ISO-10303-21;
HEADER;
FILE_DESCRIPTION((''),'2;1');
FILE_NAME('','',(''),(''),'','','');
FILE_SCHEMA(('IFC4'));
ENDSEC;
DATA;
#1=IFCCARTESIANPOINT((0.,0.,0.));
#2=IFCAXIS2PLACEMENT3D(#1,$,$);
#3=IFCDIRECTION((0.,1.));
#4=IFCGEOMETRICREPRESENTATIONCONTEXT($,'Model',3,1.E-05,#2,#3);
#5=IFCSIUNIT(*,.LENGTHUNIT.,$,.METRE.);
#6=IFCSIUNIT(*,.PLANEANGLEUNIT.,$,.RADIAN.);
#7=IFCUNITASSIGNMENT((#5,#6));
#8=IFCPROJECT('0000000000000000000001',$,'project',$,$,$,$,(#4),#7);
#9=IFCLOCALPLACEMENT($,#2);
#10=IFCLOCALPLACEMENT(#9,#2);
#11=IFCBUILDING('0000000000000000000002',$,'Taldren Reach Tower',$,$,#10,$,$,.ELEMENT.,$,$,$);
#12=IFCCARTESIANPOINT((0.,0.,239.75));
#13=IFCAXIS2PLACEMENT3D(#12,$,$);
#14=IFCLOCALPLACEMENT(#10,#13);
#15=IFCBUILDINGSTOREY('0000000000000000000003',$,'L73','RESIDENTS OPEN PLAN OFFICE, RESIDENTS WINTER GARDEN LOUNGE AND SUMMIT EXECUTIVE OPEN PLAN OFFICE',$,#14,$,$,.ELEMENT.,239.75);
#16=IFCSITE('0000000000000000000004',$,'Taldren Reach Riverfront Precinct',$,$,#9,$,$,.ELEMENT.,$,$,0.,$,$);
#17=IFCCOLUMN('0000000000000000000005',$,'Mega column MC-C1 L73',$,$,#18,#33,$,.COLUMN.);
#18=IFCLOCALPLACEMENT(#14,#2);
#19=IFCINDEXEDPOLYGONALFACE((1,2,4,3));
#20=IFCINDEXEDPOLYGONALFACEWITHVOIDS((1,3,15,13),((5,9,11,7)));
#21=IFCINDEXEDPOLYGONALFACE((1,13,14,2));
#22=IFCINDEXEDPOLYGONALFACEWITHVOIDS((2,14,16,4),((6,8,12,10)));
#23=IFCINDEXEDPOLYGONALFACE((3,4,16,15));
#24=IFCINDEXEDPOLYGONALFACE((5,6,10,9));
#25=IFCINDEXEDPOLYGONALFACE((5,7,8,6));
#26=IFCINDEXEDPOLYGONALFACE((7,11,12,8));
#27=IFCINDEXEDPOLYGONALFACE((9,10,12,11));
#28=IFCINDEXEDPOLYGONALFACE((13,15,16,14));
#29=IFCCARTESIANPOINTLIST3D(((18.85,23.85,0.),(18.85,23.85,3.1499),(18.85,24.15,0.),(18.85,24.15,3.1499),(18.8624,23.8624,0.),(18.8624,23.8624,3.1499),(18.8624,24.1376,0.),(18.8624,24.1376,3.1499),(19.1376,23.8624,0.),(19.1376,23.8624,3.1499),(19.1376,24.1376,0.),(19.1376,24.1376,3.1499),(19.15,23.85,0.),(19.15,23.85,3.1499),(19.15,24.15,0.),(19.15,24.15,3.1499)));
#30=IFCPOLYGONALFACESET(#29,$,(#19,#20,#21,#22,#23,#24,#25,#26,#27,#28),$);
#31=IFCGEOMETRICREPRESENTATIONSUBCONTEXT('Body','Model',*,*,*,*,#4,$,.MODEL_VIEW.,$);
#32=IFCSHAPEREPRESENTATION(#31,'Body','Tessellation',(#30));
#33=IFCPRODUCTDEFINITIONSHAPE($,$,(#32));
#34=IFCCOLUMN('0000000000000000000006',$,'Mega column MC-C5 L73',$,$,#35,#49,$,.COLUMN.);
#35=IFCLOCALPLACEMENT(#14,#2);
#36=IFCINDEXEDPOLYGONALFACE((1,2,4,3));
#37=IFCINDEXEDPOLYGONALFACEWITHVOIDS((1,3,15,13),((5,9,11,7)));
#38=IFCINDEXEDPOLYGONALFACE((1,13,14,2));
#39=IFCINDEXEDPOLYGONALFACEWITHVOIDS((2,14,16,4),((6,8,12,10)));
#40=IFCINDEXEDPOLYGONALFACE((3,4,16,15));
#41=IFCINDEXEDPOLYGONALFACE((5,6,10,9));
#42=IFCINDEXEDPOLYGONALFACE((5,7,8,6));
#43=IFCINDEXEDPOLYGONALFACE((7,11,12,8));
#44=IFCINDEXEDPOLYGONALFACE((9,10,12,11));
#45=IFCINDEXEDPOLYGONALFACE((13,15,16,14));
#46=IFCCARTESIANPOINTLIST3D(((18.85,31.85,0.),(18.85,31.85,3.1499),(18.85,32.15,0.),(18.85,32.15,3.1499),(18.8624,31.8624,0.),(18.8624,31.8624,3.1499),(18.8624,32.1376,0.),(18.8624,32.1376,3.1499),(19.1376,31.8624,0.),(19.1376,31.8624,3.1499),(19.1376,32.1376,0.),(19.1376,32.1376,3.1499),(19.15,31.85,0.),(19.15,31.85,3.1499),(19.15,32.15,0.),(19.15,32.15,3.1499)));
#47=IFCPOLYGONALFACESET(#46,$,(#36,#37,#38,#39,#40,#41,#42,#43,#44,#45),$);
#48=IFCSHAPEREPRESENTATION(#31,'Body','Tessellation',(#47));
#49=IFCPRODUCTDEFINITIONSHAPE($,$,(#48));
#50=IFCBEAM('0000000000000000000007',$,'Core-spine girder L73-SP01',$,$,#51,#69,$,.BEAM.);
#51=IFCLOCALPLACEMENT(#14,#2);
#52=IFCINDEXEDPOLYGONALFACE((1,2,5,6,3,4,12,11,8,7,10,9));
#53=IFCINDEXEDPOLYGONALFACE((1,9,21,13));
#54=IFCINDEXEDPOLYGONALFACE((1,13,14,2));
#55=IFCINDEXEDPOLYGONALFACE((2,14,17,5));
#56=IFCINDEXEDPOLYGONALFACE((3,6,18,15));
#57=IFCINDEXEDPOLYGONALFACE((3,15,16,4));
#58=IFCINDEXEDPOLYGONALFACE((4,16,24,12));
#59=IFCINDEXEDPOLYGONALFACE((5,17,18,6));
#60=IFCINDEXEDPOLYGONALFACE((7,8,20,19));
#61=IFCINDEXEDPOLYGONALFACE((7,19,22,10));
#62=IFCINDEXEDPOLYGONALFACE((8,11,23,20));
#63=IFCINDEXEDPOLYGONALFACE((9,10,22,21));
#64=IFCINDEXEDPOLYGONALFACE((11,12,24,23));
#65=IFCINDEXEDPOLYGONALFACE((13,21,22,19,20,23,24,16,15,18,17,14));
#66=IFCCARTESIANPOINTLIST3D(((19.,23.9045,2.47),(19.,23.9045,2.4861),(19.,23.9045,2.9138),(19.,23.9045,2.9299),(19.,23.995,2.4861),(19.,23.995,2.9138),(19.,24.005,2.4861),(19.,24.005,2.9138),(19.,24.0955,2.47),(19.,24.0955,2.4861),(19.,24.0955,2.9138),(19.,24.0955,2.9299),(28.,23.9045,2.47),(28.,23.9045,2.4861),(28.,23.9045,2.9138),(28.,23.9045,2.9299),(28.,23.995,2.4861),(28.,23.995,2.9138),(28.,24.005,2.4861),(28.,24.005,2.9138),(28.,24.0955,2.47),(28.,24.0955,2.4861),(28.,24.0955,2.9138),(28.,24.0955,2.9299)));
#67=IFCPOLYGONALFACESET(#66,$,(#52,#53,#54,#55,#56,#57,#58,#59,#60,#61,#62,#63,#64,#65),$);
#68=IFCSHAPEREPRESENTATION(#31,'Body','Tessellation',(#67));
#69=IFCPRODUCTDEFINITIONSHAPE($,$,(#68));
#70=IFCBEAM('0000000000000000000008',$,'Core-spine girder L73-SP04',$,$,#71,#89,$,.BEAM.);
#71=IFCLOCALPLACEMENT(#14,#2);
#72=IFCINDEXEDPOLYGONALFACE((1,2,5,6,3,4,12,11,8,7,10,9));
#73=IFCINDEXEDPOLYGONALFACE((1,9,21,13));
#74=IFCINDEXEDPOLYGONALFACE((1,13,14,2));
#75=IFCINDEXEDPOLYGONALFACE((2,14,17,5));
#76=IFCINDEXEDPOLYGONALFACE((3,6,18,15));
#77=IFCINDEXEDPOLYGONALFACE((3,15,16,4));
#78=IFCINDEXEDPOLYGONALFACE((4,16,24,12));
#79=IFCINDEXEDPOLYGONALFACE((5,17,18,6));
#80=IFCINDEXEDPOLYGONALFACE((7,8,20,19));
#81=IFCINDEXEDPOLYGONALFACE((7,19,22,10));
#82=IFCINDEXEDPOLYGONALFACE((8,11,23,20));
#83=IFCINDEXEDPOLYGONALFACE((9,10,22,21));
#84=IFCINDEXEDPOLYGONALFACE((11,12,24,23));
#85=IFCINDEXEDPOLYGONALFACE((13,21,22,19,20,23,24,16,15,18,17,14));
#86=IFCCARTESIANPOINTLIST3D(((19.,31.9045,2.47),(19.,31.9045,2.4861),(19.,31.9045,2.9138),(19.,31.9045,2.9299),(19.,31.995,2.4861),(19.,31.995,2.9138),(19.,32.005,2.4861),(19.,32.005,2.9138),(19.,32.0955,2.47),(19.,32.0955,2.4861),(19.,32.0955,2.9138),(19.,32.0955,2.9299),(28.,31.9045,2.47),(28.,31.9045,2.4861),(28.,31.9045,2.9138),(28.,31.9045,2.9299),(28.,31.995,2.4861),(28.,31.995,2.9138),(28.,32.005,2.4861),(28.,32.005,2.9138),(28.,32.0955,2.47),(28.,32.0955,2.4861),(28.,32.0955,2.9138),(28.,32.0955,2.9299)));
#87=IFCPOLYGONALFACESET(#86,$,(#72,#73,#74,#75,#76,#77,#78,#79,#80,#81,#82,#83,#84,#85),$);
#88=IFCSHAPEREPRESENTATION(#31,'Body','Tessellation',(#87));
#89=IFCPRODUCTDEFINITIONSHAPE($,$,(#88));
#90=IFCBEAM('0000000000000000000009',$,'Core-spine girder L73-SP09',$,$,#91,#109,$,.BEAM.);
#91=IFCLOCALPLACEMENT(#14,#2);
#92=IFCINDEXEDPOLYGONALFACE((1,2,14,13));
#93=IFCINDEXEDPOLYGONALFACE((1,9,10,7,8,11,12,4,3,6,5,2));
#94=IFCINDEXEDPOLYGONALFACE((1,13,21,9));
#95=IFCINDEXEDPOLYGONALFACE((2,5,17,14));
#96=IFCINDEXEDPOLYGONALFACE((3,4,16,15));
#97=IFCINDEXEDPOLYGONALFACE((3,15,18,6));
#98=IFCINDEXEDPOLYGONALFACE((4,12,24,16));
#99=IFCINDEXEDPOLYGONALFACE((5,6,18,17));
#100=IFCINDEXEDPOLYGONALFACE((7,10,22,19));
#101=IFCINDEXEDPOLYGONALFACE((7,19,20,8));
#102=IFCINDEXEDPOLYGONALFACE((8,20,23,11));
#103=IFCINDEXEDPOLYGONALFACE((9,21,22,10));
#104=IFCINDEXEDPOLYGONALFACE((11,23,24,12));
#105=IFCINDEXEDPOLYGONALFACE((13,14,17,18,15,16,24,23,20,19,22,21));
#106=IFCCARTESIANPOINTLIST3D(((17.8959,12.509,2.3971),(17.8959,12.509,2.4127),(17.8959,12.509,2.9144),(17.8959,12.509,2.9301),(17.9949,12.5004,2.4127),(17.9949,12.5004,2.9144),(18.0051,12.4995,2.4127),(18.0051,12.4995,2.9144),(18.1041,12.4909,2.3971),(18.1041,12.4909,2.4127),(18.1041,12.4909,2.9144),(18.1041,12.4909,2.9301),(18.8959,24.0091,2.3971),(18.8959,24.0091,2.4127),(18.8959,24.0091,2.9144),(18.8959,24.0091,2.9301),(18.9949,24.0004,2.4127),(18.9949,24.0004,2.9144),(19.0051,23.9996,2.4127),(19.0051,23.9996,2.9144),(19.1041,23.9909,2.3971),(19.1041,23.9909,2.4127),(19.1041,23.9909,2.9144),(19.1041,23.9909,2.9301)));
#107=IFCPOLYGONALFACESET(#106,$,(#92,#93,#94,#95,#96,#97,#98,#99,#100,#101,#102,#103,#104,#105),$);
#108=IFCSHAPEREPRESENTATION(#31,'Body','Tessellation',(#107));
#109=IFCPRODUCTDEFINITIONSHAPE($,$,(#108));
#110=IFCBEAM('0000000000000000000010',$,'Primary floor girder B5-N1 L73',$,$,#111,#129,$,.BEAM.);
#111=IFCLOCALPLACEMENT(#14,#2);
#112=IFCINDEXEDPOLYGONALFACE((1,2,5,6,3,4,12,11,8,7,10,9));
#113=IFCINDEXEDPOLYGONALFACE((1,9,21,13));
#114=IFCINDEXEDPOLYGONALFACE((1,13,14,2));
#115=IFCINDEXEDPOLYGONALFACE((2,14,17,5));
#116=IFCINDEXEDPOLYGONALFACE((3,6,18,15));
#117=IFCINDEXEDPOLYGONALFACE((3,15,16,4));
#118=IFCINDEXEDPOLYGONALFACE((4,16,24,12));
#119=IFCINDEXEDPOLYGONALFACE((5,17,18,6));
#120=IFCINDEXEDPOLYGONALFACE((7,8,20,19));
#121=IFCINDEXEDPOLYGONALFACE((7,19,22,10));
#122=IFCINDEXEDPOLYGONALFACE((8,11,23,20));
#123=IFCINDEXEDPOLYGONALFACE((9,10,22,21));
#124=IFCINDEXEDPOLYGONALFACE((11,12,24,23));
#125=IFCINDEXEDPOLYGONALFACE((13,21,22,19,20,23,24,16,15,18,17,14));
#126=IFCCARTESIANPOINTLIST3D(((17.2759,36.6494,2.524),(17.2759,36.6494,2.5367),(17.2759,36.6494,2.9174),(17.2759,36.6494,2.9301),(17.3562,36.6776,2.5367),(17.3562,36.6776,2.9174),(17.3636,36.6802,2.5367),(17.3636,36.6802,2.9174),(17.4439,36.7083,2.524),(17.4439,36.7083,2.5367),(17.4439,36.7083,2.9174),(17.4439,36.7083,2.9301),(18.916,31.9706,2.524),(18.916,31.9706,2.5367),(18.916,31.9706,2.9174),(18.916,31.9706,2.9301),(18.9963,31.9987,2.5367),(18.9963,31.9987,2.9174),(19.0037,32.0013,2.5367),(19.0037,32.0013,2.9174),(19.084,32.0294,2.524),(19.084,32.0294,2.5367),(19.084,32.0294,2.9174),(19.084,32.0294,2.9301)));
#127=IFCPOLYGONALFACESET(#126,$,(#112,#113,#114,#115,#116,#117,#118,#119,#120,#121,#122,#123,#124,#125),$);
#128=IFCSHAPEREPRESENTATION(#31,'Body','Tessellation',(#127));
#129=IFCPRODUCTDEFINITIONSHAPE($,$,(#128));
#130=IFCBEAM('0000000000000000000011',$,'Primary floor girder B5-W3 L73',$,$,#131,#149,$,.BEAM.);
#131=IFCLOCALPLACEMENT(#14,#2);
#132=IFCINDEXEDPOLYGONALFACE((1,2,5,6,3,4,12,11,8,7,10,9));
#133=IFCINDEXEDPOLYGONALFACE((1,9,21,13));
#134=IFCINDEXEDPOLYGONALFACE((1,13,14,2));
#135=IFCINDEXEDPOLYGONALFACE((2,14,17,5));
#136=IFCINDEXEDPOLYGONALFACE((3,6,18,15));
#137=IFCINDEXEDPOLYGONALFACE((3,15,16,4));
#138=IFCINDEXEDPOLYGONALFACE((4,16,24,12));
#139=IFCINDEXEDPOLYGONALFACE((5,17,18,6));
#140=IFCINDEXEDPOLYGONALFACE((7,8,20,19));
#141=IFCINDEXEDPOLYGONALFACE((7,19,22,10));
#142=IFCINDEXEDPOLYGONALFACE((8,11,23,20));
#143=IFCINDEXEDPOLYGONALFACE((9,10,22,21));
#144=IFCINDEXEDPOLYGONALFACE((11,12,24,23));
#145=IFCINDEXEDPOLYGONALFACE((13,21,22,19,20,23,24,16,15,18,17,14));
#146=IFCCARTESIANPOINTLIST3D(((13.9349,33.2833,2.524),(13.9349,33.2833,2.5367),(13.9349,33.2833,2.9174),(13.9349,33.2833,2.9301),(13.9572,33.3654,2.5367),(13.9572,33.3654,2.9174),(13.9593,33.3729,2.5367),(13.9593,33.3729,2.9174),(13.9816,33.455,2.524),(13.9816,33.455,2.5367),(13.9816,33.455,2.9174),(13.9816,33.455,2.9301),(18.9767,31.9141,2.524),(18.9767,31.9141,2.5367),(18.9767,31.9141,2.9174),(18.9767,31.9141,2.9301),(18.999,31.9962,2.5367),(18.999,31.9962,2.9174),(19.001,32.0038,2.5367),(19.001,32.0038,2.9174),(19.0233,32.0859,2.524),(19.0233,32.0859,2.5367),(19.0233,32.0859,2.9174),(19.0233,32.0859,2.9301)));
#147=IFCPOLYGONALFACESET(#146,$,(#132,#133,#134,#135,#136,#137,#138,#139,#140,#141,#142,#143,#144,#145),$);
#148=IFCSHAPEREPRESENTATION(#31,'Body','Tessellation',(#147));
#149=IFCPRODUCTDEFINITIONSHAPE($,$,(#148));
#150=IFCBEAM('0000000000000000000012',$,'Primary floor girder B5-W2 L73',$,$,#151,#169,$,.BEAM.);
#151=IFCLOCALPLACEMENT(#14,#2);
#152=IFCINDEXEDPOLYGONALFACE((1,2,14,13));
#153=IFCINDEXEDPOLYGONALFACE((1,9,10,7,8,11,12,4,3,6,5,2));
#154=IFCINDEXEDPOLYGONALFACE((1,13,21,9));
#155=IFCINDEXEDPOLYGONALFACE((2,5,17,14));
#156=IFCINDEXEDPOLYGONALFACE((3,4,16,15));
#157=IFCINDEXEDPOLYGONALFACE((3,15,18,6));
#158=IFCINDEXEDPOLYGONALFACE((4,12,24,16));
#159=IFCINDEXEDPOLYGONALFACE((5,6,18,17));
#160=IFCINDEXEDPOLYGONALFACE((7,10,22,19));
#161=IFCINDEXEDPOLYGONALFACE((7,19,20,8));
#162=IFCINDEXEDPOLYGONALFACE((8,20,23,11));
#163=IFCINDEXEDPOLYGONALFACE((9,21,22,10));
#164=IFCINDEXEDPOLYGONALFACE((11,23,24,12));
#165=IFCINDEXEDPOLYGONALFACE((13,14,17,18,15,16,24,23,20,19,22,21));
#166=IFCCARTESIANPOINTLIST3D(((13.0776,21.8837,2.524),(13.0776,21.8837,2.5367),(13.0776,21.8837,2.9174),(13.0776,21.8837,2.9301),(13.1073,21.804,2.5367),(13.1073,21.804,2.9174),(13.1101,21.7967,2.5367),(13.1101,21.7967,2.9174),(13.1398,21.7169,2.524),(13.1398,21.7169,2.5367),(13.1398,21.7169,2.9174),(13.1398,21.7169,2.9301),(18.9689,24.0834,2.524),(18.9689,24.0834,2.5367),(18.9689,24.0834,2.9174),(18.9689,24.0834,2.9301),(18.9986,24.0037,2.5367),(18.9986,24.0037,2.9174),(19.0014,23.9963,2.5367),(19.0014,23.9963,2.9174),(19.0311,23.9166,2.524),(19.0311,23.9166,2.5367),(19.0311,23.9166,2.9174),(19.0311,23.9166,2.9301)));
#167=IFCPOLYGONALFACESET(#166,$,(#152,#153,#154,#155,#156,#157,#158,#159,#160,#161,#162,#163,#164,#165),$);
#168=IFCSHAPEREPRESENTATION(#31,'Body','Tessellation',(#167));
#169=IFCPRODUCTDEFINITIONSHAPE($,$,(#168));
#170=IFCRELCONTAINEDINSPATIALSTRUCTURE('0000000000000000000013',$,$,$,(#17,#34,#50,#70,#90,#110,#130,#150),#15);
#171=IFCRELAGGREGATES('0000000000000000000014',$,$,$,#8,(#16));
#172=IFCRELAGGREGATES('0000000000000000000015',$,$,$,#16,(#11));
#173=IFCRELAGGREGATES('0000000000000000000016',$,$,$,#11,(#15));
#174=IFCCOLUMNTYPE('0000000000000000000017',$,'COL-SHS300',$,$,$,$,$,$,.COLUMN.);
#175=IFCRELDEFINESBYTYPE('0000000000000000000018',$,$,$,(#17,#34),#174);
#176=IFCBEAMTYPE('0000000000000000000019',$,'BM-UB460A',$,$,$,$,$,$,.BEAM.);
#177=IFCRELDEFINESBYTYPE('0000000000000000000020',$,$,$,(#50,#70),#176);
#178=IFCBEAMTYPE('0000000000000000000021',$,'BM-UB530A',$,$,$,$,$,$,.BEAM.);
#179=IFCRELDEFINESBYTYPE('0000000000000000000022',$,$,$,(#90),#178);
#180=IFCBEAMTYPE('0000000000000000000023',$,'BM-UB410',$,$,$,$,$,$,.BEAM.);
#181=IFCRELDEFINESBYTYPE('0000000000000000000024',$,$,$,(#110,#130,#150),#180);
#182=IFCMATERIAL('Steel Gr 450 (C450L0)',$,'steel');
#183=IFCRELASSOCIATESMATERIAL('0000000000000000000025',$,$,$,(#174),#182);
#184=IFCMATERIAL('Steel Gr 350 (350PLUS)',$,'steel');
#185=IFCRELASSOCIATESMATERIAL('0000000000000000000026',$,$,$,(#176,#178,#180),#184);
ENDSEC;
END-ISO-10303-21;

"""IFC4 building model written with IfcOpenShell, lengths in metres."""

from ifc_helpers import new_model, si_unit, direction, frame, origin, origin_2d, place, context, subcontext, project, spatial, hollow_rectangle, i_section, extrude, source, transform, mapped, material, material_profile, profile_set, type_object, element, save


model = new_model("IFC4")

# Units and contexts
model_context = context("Model", 3, precision=1e-05, world=origin(), true_north=direction((0.0, 1.0)))
body_context = subcontext(model_context, "Body", "Model", "MODEL_VIEW")
ifc_project = project(units=[si_unit("LENGTHUNIT", "METRE"), si_unit("PLANEANGLEUNIT", "RADIAN")], contexts=[model_context])

# Site, building, storey
site_placement = place(None, origin())
site = spatial("IfcSite", under=ifc_project, at=site_placement, Name="Taldren Reach Riverfront Precinct", CompositionType="ELEMENT", RefElevation=0.0)
building_placement = place(site_placement, origin())
building = spatial("IfcBuilding", under=site, at=building_placement, Name="Taldren Reach Tower", CompositionType="ELEMENT")
storey_placement = place(building_placement, frame((0.0, 0.0, 239.75)))
storey = spatial("IfcBuildingStorey", under=building, at=storey_placement, Name="L73", Description="RESIDENTS OPEN PLAN OFFICE, RESIDENTS WINTER GARDEN LOUNGE AND SUMMIT EXECUTIVE OPEN PLAN OFFICE", CompositionType="ELEMENT", Elevation=239.75)

# Columns
ifc_material_1 = material(Name="Steel Gr 450 (C450L0)", Category="steel")
ifc_material_profile_1 = material_profile(ifc_material_1, hollow_rectangle(XDim=0.3, YDim=0.3, WallThickness=0.0125, at=origin_2d()), Name="300x300x12.5SHS")
ifc_profile_set_1 = profile_set([ifc_material_profile_1], Name="Steel Gr 450 (C450L0)")
column_type = type_object("IfcColumnType", Name="COL-SHS300", PredefinedType="COLUMN", material=ifc_profile_set_1)
shared_shape_1 = source(origin(), body_context, "Body", "SweptSolid", [
    extrude(hollow_rectangle(XDim=0.3, YDim=0.3, WallThickness=0.0125, at=origin_2d()), origin(), (0.0, 0.0, 1.0), 3.1499),
])
for number, where, z_axis, x_axis, name in (
    (1, (19.0, 24.0, 0.0), (0.0, 0.0, 1.0), (1.0, 0.0, 0.0), "Mega column MC-C1 L73"),
    (2, (19.0, 32.0, 0.0), (0.0, 0.0, 1.0), (1.0, 0.0, 0.0), "Mega column MC-C5 L73"),
):
    element("IfcColumn", number, at=place(storey_placement, frame(where, z_axis=z_axis, x_axis=x_axis)), inside=storey, type_object=column_type, Name=name, PredefinedType="COLUMN", context=body_context, shape_type="MappedRepresentation", body=[
        mapped(shared_shape_1, transform((0.0, 0.0, 0.0), scale=1.0)),
    ])

# Beams
ifc_material_2 = material(Name="Steel Gr 350 (350PLUS)", Category="steel")
ifc_material_profile_2 = material_profile(ifc_material_2, i_section(OverallWidth=0.1909, OverallDepth=0.46, WebThickness=0.01, FlangeThickness=0.0161, at=origin_2d()), Name="460UB82.1")
ifc_profile_set_2 = profile_set([ifc_material_profile_2], Name="Steel Gr 350 (350PLUS)")
beam_type_1 = type_object("IfcBeamType", Name="BM-UB460A", PredefinedType="BEAM", material=ifc_profile_set_2)
shared_shape_2 = source(origin(), body_context, "Body", "SweptSolid", [
    extrude(i_section(OverallWidth=0.1909, OverallDepth=0.46, WebThickness=0.01, FlangeThickness=0.0161, at=origin_2d()), origin(), (0.0, 0.0, 1.0), 9.0),
])
for number, where, z_axis, x_axis, name in (
    (3, (19.0, 24.0, 2.7), (1.0, 0.0, 0.0), (0.0, 1.0, 0.0), "Core-spine girder L73-SP01"),
    (4, (19.0, 32.0, 2.7), (1.0, 0.0, 0.0), (0.0, 1.0, 0.0), "Core-spine girder L73-SP04"),
):
    element("IfcBeam", number, at=place(storey_placement, frame(where, z_axis=z_axis, x_axis=x_axis)), inside=storey, type_object=beam_type_1, Name=name, PredefinedType="BEAM", context=body_context, shape_type="MappedRepresentation", body=[
        mapped(shared_shape_2, transform((0.0, 0.0, 0.0), scale=1.0)),
    ])
ifc_material_profile_3 = material_profile(ifc_material_2, i_section(OverallWidth=0.209, OverallDepth=0.533, WebThickness=0.0103, FlangeThickness=0.0156, at=origin_2d()), Name="530UB92.4")
ifc_profile_set_3 = profile_set([ifc_material_profile_3], Name="Steel Gr 350 (350PLUS)")
beam_type_2 = type_object("IfcBeamType", Name="BM-UB530A", PredefinedType="BEAM", material=ifc_profile_set_3)
shared_shape_3 = source(origin(), body_context, "Body", "SweptSolid", [
    extrude(i_section(OverallWidth=0.209, OverallDepth=0.533, WebThickness=0.0103, FlangeThickness=0.0156, at=origin_2d()), origin(), (0.0, 0.0, 1.0), 11.5435),
])
beam_1_placement = place(storey_placement, frame((19.0, 24.0, 2.6636), z_axis=(-0.08663, -0.996241, 0.0), x_axis=(0.996241, -0.08663, 0.0)))
element("IfcBeam", 5, at=beam_1_placement, inside=storey, type_object=beam_type_2, Name="Core-spine girder L73-SP09", PredefinedType="BEAM", context=body_context, shape_type="MappedRepresentation", body=[
    mapped(shared_shape_3, transform((0.0, 0.0, 0.0), scale=1.0)),
])
ifc_material_profile_4 = material_profile(ifc_material_2, i_section(OverallWidth=0.178, OverallDepth=0.406, WebThickness=0.0078, FlangeThickness=0.0127, at=origin_2d()), Name="410UB59.7")
ifc_profile_set_4 = profile_set([ifc_material_profile_4], Name="Steel Gr 350 (350PLUS)")
beam_type_3 = type_object("IfcBeamType", Name="BM-UB410", PredefinedType="BEAM", material=ifc_profile_set_4)
shared_shape_4 = source(origin(), body_context, "Body", "SweptSolid", [
    extrude(i_section(OverallWidth=0.178, OverallDepth=0.406, WebThickness=0.0078, FlangeThickness=0.0127, at=origin_2d()), origin(), (0.0, 0.0, 1.0), 4.958),
])
beam_2_placement = place(storey_placement, frame((19.0, 32.0, 2.7271), z_axis=(-0.3308, 0.943701, 0.0), x_axis=(-0.943701, -0.3308, 0.0)))
element("IfcBeam", 6, at=beam_2_placement, inside=storey, type_object=beam_type_3, Name="Primary floor girder B5-N1 L73", PredefinedType="BEAM", context=body_context, shape_type="MappedRepresentation", body=[
    mapped(shared_shape_4, transform((0.0, 0.0, 0.0), scale=1.0)),
])
shared_shape_5 = source(origin(), body_context, "Body", "SweptSolid", [
    extrude(i_section(OverallWidth=0.178, OverallDepth=0.406, WebThickness=0.0078, FlangeThickness=0.0127, at=origin_2d()), origin(), (0.0, 0.0, 1.0), 5.2244),
])
beam_3_placement = place(storey_placement, frame((19.0, 32.0, 2.7271), z_axis=(-0.965049, 0.262069, 0.0), x_axis=(-0.262069, -0.965049, 0.0)))
element("IfcBeam", 7, at=beam_3_placement, inside=storey, type_object=beam_type_3, Name="Primary floor girder B5-W3 L73", PredefinedType="BEAM", context=body_context, shape_type="MappedRepresentation", body=[
    mapped(shared_shape_5, transform((0.0, 0.0, 0.0), scale=1.0)),
])
shared_shape_6 = source(origin(), body_context, "Body", "SweptSolid", [
    extrude(i_section(OverallWidth=0.178, OverallDepth=0.406, WebThickness=0.0078, FlangeThickness=0.0127, at=origin_2d()), origin(), (0.0, 0.0, 1.0), 6.2886),
])
beam_4_placement = place(storey_placement, frame((19.0, 24.0, 2.7271), z_axis=(-0.936828, -0.349791, 0.0), x_axis=(0.349791, -0.936828, 0.0)))
element("IfcBeam", 8, at=beam_4_placement, inside=storey, type_object=beam_type_3, Name="Primary floor girder B5-W2 L73", PredefinedType="BEAM", context=body_context, shape_type="MappedRepresentation", body=[
    mapped(shared_shape_6, transform((0.0, 0.0, 0.0), scale=1.0)),
])

save(model, "model.ifc")
